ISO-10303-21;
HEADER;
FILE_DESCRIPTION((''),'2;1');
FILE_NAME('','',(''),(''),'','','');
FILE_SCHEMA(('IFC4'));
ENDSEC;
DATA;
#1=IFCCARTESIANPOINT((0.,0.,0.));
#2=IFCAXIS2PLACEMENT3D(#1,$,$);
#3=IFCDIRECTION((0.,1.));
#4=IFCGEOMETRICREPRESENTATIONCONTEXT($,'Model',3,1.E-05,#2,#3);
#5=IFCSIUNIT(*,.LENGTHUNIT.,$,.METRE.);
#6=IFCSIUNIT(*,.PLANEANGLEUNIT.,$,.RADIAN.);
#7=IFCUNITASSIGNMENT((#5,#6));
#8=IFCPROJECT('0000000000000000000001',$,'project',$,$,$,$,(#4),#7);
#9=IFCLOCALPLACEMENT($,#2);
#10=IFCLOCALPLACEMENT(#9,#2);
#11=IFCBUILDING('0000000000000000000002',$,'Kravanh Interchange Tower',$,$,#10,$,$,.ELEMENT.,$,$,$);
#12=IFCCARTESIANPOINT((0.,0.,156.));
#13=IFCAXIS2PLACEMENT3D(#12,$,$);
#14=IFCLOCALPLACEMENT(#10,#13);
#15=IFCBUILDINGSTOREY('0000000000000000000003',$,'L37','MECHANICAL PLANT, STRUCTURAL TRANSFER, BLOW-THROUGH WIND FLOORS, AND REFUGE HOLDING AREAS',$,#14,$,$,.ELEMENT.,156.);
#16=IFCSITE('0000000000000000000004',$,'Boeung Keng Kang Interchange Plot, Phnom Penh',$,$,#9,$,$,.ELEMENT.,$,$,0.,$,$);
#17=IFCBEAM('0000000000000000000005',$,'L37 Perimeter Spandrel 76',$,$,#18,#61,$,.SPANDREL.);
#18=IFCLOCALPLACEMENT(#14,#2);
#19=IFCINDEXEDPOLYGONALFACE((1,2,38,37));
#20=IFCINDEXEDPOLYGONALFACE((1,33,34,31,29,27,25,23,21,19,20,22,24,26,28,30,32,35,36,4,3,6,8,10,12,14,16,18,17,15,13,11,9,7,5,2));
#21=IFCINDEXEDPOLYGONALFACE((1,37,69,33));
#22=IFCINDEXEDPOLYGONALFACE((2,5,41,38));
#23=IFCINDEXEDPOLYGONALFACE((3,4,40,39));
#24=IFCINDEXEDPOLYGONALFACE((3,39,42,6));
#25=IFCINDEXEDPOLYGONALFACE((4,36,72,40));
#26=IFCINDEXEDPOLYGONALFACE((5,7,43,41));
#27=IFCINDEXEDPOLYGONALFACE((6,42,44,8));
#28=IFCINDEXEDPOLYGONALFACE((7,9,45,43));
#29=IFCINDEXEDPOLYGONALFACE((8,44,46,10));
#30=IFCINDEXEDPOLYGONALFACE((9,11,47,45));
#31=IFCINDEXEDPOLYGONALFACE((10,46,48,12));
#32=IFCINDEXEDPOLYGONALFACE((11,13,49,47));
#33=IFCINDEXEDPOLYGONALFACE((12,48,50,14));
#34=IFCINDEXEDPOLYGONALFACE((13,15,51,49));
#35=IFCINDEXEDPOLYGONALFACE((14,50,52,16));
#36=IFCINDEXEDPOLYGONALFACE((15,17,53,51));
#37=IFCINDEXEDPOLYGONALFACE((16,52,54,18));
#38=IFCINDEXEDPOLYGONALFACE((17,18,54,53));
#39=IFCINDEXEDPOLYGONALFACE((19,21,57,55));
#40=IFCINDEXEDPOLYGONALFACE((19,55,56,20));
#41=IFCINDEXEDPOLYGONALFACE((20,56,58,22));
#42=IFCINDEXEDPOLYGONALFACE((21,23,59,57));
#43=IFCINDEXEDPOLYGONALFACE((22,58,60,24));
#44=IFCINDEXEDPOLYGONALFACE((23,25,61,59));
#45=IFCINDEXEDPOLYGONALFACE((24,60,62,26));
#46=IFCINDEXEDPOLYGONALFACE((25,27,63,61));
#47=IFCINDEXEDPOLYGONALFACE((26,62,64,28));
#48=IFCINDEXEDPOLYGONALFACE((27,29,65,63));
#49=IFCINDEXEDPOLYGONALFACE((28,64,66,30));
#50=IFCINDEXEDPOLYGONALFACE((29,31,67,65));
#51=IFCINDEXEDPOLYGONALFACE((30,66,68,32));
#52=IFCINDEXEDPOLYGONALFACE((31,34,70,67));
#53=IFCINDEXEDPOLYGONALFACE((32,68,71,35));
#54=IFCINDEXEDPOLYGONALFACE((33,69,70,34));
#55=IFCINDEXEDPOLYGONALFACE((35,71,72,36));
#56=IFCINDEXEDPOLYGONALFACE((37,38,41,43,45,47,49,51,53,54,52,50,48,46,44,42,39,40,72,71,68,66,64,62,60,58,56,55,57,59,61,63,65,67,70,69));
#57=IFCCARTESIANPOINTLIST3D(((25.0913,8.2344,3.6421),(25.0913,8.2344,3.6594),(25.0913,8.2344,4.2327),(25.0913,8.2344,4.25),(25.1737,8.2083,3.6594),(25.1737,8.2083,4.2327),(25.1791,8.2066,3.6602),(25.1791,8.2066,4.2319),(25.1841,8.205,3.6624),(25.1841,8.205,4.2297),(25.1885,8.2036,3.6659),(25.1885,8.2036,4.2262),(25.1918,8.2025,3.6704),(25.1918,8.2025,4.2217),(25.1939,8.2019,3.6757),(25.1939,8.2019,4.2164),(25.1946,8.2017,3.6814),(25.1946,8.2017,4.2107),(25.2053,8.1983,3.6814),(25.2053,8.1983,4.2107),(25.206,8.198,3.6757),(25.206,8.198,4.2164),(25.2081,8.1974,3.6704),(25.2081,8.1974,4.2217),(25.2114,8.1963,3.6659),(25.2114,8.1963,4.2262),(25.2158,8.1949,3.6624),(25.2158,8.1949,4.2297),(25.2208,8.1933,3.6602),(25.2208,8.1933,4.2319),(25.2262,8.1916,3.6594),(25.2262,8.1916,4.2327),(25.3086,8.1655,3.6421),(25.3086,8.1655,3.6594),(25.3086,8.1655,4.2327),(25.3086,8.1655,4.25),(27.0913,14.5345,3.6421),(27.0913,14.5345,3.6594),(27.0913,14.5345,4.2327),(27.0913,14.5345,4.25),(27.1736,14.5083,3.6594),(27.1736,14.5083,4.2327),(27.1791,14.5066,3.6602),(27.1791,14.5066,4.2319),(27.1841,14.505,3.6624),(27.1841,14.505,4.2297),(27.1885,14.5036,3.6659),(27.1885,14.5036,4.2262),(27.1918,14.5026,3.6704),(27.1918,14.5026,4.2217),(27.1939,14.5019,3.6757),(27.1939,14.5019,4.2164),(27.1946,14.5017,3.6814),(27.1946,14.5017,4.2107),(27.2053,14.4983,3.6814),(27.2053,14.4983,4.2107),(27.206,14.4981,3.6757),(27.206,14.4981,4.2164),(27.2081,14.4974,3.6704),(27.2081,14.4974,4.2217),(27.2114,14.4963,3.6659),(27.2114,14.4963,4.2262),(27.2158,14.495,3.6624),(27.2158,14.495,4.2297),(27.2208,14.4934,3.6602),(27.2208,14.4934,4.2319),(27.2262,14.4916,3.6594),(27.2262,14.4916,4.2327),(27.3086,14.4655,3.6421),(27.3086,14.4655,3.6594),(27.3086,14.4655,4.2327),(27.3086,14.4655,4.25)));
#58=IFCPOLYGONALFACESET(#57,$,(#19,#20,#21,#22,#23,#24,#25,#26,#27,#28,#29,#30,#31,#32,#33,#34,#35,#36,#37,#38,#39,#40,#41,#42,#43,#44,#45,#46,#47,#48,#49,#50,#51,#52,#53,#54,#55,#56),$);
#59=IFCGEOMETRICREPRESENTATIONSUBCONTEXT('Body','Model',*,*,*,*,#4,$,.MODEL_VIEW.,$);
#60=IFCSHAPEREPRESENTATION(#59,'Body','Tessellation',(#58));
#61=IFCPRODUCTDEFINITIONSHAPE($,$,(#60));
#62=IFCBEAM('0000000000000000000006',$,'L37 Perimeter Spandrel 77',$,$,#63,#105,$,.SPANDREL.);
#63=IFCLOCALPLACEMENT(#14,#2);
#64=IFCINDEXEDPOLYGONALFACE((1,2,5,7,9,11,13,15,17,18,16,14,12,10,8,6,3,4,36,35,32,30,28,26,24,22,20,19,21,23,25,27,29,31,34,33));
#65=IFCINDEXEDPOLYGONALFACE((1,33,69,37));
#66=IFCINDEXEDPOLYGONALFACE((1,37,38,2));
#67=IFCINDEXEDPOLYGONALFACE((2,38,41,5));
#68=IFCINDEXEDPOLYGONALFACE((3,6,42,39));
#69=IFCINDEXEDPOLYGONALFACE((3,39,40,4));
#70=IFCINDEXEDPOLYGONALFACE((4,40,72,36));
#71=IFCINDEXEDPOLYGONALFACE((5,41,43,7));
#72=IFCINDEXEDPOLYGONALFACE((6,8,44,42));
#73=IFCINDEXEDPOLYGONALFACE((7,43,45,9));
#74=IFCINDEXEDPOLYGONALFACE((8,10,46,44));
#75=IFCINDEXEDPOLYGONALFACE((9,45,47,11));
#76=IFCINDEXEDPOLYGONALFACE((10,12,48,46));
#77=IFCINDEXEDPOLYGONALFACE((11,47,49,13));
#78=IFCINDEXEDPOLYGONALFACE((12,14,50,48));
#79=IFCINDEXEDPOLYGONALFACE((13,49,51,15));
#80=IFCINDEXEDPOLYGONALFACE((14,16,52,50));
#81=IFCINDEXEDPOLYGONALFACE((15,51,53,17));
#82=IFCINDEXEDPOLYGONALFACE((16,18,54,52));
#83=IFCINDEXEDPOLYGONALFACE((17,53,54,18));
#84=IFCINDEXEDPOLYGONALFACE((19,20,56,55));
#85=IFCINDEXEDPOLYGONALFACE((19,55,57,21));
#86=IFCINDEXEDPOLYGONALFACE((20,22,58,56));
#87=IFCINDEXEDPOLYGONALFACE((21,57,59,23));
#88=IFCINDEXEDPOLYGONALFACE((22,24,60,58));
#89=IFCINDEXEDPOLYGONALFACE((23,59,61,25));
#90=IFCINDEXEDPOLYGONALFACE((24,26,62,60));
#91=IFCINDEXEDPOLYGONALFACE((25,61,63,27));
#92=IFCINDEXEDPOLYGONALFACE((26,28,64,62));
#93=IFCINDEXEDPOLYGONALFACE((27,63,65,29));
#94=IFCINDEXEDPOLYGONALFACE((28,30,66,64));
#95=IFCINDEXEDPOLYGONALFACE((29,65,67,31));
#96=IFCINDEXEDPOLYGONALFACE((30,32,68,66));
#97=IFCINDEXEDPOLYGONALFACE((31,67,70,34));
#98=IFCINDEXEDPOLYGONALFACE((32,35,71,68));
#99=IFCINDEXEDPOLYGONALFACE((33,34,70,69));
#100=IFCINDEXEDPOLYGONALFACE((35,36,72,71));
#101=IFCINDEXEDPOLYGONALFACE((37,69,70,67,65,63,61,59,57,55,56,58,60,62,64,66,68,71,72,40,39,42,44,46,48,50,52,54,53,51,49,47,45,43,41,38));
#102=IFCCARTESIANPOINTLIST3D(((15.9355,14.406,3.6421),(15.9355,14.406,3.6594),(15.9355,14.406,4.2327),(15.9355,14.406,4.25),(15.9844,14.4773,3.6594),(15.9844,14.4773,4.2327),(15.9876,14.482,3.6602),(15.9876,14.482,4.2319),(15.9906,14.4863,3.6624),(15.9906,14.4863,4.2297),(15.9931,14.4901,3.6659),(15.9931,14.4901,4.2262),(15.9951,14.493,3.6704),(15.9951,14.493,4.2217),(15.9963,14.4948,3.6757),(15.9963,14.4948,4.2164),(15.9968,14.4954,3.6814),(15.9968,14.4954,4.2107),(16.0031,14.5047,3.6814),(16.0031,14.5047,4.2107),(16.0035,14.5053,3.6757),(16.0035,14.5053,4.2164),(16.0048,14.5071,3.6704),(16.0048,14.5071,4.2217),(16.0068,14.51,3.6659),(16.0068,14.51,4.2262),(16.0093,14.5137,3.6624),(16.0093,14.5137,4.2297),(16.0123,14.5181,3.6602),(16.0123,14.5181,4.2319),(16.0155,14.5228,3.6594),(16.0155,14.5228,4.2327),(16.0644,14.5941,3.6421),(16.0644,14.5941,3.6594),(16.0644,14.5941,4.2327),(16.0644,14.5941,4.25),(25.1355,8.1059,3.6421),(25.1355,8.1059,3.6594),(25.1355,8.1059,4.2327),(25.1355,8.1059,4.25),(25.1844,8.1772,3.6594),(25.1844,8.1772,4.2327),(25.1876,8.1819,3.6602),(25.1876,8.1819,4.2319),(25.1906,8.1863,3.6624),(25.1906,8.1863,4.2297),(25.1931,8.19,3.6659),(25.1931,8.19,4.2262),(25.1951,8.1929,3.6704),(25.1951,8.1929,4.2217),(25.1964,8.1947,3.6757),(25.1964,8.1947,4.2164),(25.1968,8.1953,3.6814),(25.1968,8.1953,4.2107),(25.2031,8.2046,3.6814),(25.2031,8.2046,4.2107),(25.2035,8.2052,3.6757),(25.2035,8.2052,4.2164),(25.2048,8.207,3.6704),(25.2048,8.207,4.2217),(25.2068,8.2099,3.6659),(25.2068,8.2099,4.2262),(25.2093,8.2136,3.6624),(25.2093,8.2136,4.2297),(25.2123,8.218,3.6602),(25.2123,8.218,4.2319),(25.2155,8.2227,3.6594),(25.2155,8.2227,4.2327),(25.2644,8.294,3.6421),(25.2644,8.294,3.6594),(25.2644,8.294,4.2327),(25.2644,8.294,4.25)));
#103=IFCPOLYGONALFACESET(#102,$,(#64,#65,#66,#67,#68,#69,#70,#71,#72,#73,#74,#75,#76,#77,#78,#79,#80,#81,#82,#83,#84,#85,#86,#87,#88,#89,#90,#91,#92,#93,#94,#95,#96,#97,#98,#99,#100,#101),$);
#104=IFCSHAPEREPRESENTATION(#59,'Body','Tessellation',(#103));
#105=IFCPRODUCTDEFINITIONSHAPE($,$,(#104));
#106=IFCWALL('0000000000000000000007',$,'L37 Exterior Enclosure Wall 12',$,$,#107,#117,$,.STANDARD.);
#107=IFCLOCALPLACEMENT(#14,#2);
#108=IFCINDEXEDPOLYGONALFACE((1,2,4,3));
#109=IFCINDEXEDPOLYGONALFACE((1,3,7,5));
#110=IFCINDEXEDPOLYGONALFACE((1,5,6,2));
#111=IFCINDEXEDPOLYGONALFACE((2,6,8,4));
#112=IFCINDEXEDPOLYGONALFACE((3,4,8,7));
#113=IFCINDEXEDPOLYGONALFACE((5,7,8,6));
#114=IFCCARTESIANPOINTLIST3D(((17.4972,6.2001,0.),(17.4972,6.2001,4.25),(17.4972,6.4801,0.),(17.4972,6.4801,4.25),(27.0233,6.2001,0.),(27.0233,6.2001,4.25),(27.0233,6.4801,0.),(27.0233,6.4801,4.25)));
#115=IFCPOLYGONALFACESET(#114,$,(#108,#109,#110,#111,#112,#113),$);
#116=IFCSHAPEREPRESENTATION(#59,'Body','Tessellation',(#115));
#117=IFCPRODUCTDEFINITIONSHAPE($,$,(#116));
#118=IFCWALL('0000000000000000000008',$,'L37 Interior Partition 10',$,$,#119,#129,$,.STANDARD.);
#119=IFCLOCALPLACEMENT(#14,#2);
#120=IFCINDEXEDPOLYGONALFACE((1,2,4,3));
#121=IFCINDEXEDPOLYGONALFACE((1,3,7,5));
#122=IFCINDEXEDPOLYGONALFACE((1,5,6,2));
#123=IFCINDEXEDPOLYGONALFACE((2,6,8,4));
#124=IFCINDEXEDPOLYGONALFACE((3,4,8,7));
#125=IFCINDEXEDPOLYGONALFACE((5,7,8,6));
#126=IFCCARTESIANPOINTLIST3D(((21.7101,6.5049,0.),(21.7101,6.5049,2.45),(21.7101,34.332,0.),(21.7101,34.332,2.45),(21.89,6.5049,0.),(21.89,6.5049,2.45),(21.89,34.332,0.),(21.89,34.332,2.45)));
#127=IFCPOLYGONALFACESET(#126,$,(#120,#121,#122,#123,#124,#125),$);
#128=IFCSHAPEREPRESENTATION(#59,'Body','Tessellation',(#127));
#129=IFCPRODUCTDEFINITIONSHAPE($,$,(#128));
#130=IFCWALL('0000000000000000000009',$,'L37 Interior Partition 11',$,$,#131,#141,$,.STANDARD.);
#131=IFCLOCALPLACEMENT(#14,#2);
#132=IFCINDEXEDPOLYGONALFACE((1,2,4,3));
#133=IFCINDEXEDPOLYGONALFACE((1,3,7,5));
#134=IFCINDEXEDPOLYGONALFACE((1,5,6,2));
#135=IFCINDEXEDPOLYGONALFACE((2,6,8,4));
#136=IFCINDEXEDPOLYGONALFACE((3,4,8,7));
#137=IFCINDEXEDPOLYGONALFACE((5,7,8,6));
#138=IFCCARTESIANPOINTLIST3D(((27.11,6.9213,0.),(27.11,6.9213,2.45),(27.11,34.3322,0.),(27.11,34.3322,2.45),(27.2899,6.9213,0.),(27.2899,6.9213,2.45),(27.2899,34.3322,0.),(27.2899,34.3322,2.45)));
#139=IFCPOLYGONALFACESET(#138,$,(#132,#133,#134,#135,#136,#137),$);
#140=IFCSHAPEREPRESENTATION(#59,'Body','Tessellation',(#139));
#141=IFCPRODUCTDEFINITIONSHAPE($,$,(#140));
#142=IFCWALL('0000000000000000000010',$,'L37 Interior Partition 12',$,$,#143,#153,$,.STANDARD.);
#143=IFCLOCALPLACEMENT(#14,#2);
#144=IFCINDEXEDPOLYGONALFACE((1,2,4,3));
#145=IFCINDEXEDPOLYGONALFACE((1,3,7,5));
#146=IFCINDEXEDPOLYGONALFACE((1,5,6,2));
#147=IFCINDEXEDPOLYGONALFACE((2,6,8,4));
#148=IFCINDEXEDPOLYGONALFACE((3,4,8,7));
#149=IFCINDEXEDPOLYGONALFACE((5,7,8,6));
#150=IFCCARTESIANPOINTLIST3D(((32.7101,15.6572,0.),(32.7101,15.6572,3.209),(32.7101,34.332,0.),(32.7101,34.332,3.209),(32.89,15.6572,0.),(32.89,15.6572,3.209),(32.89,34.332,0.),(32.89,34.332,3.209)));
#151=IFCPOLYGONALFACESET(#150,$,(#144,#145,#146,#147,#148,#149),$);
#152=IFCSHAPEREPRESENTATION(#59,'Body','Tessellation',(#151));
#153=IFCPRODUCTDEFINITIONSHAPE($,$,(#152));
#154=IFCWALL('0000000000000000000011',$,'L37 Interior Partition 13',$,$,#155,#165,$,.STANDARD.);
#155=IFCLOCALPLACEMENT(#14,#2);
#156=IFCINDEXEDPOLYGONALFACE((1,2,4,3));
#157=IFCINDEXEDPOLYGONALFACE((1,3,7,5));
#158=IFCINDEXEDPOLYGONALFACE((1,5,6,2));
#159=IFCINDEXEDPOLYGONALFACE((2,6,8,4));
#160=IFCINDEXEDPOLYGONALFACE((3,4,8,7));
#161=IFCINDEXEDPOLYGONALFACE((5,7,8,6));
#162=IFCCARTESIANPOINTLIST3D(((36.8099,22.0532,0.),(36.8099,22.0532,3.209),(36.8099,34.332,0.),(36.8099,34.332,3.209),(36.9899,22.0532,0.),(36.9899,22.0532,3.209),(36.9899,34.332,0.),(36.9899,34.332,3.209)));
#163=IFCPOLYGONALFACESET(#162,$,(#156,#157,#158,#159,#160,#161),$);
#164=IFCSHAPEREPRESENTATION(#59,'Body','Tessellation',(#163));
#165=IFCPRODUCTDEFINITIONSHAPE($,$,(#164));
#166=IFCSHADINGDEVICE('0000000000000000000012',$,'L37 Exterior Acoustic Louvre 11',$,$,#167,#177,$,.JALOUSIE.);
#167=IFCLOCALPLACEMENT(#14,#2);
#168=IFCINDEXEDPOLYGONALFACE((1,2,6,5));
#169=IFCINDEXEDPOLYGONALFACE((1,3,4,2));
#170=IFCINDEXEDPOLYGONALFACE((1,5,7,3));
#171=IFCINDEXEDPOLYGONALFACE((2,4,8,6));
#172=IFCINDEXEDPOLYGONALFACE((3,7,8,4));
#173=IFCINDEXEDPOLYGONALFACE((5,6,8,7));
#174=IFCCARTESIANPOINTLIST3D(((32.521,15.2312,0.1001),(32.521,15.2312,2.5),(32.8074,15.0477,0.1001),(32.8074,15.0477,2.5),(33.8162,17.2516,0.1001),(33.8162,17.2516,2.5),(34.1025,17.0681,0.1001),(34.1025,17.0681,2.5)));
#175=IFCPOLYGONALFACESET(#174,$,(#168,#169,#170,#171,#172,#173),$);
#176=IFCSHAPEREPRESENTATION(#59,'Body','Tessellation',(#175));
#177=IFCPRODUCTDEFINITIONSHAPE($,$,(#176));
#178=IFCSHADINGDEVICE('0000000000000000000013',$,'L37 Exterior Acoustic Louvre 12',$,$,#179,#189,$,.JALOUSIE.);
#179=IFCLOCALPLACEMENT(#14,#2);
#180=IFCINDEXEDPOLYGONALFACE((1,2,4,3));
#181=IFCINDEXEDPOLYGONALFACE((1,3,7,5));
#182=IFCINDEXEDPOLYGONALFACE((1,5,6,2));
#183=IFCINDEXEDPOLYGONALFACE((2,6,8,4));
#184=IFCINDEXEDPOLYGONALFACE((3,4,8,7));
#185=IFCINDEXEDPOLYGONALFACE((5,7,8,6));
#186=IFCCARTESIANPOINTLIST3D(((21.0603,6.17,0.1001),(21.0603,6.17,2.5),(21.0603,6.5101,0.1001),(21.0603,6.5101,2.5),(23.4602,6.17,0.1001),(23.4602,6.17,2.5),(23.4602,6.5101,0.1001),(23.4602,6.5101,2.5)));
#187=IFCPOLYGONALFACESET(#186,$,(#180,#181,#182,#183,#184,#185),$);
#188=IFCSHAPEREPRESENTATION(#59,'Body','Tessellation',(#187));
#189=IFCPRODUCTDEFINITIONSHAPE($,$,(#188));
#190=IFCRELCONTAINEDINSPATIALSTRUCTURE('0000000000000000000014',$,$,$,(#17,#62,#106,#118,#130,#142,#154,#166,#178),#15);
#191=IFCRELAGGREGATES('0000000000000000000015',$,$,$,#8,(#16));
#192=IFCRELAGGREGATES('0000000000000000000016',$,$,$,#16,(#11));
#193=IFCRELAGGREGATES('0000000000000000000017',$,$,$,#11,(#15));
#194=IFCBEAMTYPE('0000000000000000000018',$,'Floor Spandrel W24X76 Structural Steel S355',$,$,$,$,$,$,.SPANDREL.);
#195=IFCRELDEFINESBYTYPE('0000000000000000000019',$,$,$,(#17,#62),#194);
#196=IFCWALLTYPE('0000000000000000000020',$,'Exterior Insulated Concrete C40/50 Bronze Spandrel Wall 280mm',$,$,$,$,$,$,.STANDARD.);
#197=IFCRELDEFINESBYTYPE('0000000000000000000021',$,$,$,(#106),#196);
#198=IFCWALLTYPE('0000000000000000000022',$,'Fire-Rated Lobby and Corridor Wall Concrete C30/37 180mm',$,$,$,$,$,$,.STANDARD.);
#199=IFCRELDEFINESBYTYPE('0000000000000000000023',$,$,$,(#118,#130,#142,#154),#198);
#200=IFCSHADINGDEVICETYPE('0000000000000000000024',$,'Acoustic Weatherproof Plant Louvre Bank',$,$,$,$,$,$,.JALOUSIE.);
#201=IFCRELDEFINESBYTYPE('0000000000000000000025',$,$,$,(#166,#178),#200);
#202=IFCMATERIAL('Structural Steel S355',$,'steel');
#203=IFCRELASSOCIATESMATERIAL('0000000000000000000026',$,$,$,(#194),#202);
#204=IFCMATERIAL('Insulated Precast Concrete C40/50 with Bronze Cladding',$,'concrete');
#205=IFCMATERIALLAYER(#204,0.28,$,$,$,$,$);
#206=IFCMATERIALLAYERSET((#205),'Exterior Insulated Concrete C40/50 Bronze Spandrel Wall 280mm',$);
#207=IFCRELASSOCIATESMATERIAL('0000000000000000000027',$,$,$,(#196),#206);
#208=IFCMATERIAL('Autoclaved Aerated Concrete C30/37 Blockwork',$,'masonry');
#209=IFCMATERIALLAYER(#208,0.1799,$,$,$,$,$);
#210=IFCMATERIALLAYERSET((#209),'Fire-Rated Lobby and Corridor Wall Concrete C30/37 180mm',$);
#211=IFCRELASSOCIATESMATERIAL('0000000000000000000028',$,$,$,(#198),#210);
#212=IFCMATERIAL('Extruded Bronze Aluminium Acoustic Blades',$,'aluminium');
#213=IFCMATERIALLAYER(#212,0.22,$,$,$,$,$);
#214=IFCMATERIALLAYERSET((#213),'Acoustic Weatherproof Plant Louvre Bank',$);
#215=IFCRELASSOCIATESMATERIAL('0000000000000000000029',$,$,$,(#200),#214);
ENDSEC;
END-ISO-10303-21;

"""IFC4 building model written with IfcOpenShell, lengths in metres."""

from ifc_helpers import new_model, si_unit, direction, frame, frame_2d, origin, origin_2d, place, context, subcontext, project, spatial, rectangle, i_section, extrude, material, layer, layer_set, material_profile, profile_set, type_object, element, save


model = new_model("IFC4")

# Units and contexts
model_context = context("Model", 3, precision=1e-05, world=origin(), true_north=direction((0.0, 1.0)))
body_context = subcontext(model_context, "Body", "Model", "MODEL_VIEW")
ifc_project = project(units=[si_unit("LENGTHUNIT", "METRE"), si_unit("PLANEANGLEUNIT", "RADIAN")], contexts=[model_context])

# Site, building, storey
site_placement = place(None, origin())
site = spatial("IfcSite", under=ifc_project, at=site_placement, Name="Boeung Keng Kang Interchange Plot, Phnom Penh", CompositionType="ELEMENT", RefElevation=0.0)
building_placement = place(site_placement, origin())
building = spatial("IfcBuilding", under=site, at=building_placement, Name="Kravanh Interchange Tower", CompositionType="ELEMENT")
storey_placement = place(building_placement, frame((0.0, 0.0, 156.0)))
storey = spatial("IfcBuildingStorey", under=building, at=storey_placement, Name="L37", Description="MECHANICAL PLANT, STRUCTURAL TRANSFER, BLOW-THROUGH WIND FLOORS, AND REFUGE HOLDING AREAS", CompositionType="ELEMENT", Elevation=156.0)

# Beams
ifc_material_1 = material(Name="Structural Steel S355", Category="steel")
ifc_material_profile_1 = material_profile(ifc_material_1, i_section(OverallWidth=0.228, OverallDepth=0.6079, WebThickness=0.0112, FlangeThickness=0.0173, FilletRadius=0.022, at=origin_2d()), Name="W24X76")
ifc_profile_set_1 = profile_set([ifc_material_profile_1], Name="Structural Steel S355")
beam_type_1 = type_object("IfcBeamType", Name="Floor Spandrel W24X76 Structural Steel S355", PredefinedType="SPANDREL", material=ifc_profile_set_1)
beam_1_placement = place(storey_placement, frame((25.2, 8.2, 3.946), z_axis=(0.302577, 0.953125, 0.0), x_axis=(-0.953125, 0.302577, 0.0)))
element("IfcBeam", 1, at=beam_1_placement, inside=storey, type_object=beam_type_1, Name="L37 Perimeter Spandrel 76", PredefinedType="SPANDREL", context=body_context, shape_type="SweptSolid", body=[
    extrude(i_section(OverallWidth=0.228, OverallDepth=0.6079, WebThickness=0.0112, FlangeThickness=0.0173, FilletRadius=0.022, at=origin_2d()), origin(), (0.0, 0.0, 1.0), 6.6099),
])
beam_2_placement = place(storey_placement, frame((25.2, 8.2, 3.946), z_axis=(-0.825084, 0.56501, 0.0), x_axis=(-0.56501, -0.825084, 0.0)))
element("IfcBeam", 2, at=beam_2_placement, inside=storey, type_object=beam_type_1, Name="L37 Perimeter Spandrel 77", PredefinedType="SPANDREL", context=body_context, shape_type="SweptSolid", body=[
    extrude(i_section(OverallWidth=0.228, OverallDepth=0.6079, WebThickness=0.0112, FlangeThickness=0.0173, FilletRadius=0.022, at=origin_2d()), origin(), (0.0, 0.0, 1.0), 11.1504),
])

# Walls
ifc_material_2 = material(Name="Insulated Precast Concrete C40/50 with Bronze Cladding", Category="concrete")
ifc_layer_1 = layer(ifc_material_2, 0.28)
ifc_layer_set_1 = layer_set([ifc_layer_1], Name="Exterior Insulated Concrete C40/50 Bronze Spandrel Wall 280mm")
wall_type_1 = type_object("IfcWallType", Name="Exterior Insulated Concrete C40/50 Bronze Spandrel Wall 280mm", PredefinedType="STANDARD", material=ifc_layer_set_1)
wall_1_placement = place(storey_placement, frame((27.0234, 6.3401, 0.0), z_axis=(0.0, 0.0, 1.0), x_axis=(-1.0, 0.0, 0.0)))
element("IfcWall", 3, at=wall_1_placement, inside=storey, type_object=wall_type_1, Name="L37 Exterior Enclosure Wall 12", PredefinedType="STANDARD", context=body_context, shape_type="SweptSolid", body=[
    extrude(rectangle(XDim=9.5261, YDim=0.28, at=frame_2d((4.7632, 0.0))), origin(), (0.0, 0.0, 1.0), 4.25),
])
ifc_material_3 = material(Name="Autoclaved Aerated Concrete C30/37 Blockwork", Category="masonry")
ifc_layer_2 = layer(ifc_material_3, 0.1799)
ifc_layer_set_2 = layer_set([ifc_layer_2], Name="Fire-Rated Lobby and Corridor Wall Concrete C30/37 180mm")
wall_type_2 = type_object("IfcWallType", Name="Fire-Rated Lobby and Corridor Wall Concrete C30/37 180mm", PredefinedType="STANDARD", material=ifc_layer_set_2)
wall_2_placement = place(storey_placement, frame((21.8, 6.5049, 0.0), z_axis=(0.0, 0.0, 1.0), x_axis=(0.0, 1.0, 0.0)))
element("IfcWall", 4, at=wall_2_placement, inside=storey, type_object=wall_type_2, Name="L37 Interior Partition 10", PredefinedType="STANDARD", context=body_context, shape_type="SweptSolid", body=[
    extrude(rectangle(XDim=27.8271, YDim=0.1799, at=frame_2d((13.9136, 0.0))), origin(), (0.0, 0.0, 1.0), 2.45),
])
wall_3_placement = place(storey_placement, frame((27.2, 6.9211, 0.0), z_axis=(0.0, 0.0, 1.0), x_axis=(0.0, 1.0, 0.0)))
element("IfcWall", 5, at=wall_3_placement, inside=storey, type_object=wall_type_2, Name="L37 Interior Partition 11", PredefinedType="STANDARD", context=body_context, shape_type="SweptSolid", body=[
    extrude(rectangle(XDim=27.4109, YDim=0.1799, at=frame_2d((13.7056, 0.0))), origin(), (0.0, 0.0, 1.0), 2.45),
])
wall_4_placement = place(storey_placement, frame((32.8, 15.6572, 0.0), z_axis=(0.0, 0.0, 1.0), x_axis=(0.0, 1.0, 0.0)))
element("IfcWall", 6, at=wall_4_placement, inside=storey, type_object=wall_type_2, Name="L37 Interior Partition 12", PredefinedType="STANDARD", context=body_context, shape_type="SweptSolid", body=[
    extrude(rectangle(XDim=18.6748, YDim=0.1799, at=frame_2d((9.3374, 0.0))), origin(), (0.0, 0.0, 1.0), 3.209),
])
wall_5_placement = place(storey_placement, frame((36.8999, 22.0532, 0.0), z_axis=(0.0, 0.0, 1.0), x_axis=(0.0, 1.0, 0.0)))
element("IfcWall", 7, at=wall_5_placement, inside=storey, type_object=wall_type_2, Name="L37 Interior Partition 13", PredefinedType="STANDARD", context=body_context, shape_type="SweptSolid", body=[
    extrude(rectangle(XDim=12.2788, YDim=0.1799, at=frame_2d((6.1394, 0.0))), origin(), (0.0, 0.0, 1.0), 3.209),
])

# Shading devices
ifc_material_4 = material(Name="Extruded Bronze Aluminium Acoustic Blades", Category="aluminium")
ifc_layer_3 = layer(ifc_material_4, 0.22)
ifc_layer_set_3 = layer_set([ifc_layer_3], Name="Acoustic Weatherproof Plant Louvre Bank")
shading_device_type = type_object("IfcShadingDeviceType", Name="Acoustic Weatherproof Plant Louvre Bank", PredefinedType="JALOUSIE", material=ifc_layer_set_3)
for number, where, z_axis, x_axis, name in (
    (8, (33.3118, 16.1497, 0.1001), (0.0, 0.0, 1.0), (-0.539666, -0.841879, 0.0), "L37 Exterior Acoustic Louvre 11"),
    (9, (22.2603, 6.3401, 0.1001), (0.0, 0.0, 1.0), (-1.0, 0.0, 0.0), "L37 Exterior Acoustic Louvre 12"),
):
    element("IfcShadingDevice", number, at=place(storey_placement, frame(where, z_axis=z_axis, x_axis=x_axis)), inside=storey, type_object=shading_device_type, Name=name, PredefinedType="JALOUSIE", context=body_context, shape_type="SweptSolid", body=[
        extrude(rectangle(XDim=2.3999, YDim=0.3401, at=origin_2d()), origin(), (0.0, 0.0, 1.0), 2.3999),
    ])

save(model, "model.ifc")
